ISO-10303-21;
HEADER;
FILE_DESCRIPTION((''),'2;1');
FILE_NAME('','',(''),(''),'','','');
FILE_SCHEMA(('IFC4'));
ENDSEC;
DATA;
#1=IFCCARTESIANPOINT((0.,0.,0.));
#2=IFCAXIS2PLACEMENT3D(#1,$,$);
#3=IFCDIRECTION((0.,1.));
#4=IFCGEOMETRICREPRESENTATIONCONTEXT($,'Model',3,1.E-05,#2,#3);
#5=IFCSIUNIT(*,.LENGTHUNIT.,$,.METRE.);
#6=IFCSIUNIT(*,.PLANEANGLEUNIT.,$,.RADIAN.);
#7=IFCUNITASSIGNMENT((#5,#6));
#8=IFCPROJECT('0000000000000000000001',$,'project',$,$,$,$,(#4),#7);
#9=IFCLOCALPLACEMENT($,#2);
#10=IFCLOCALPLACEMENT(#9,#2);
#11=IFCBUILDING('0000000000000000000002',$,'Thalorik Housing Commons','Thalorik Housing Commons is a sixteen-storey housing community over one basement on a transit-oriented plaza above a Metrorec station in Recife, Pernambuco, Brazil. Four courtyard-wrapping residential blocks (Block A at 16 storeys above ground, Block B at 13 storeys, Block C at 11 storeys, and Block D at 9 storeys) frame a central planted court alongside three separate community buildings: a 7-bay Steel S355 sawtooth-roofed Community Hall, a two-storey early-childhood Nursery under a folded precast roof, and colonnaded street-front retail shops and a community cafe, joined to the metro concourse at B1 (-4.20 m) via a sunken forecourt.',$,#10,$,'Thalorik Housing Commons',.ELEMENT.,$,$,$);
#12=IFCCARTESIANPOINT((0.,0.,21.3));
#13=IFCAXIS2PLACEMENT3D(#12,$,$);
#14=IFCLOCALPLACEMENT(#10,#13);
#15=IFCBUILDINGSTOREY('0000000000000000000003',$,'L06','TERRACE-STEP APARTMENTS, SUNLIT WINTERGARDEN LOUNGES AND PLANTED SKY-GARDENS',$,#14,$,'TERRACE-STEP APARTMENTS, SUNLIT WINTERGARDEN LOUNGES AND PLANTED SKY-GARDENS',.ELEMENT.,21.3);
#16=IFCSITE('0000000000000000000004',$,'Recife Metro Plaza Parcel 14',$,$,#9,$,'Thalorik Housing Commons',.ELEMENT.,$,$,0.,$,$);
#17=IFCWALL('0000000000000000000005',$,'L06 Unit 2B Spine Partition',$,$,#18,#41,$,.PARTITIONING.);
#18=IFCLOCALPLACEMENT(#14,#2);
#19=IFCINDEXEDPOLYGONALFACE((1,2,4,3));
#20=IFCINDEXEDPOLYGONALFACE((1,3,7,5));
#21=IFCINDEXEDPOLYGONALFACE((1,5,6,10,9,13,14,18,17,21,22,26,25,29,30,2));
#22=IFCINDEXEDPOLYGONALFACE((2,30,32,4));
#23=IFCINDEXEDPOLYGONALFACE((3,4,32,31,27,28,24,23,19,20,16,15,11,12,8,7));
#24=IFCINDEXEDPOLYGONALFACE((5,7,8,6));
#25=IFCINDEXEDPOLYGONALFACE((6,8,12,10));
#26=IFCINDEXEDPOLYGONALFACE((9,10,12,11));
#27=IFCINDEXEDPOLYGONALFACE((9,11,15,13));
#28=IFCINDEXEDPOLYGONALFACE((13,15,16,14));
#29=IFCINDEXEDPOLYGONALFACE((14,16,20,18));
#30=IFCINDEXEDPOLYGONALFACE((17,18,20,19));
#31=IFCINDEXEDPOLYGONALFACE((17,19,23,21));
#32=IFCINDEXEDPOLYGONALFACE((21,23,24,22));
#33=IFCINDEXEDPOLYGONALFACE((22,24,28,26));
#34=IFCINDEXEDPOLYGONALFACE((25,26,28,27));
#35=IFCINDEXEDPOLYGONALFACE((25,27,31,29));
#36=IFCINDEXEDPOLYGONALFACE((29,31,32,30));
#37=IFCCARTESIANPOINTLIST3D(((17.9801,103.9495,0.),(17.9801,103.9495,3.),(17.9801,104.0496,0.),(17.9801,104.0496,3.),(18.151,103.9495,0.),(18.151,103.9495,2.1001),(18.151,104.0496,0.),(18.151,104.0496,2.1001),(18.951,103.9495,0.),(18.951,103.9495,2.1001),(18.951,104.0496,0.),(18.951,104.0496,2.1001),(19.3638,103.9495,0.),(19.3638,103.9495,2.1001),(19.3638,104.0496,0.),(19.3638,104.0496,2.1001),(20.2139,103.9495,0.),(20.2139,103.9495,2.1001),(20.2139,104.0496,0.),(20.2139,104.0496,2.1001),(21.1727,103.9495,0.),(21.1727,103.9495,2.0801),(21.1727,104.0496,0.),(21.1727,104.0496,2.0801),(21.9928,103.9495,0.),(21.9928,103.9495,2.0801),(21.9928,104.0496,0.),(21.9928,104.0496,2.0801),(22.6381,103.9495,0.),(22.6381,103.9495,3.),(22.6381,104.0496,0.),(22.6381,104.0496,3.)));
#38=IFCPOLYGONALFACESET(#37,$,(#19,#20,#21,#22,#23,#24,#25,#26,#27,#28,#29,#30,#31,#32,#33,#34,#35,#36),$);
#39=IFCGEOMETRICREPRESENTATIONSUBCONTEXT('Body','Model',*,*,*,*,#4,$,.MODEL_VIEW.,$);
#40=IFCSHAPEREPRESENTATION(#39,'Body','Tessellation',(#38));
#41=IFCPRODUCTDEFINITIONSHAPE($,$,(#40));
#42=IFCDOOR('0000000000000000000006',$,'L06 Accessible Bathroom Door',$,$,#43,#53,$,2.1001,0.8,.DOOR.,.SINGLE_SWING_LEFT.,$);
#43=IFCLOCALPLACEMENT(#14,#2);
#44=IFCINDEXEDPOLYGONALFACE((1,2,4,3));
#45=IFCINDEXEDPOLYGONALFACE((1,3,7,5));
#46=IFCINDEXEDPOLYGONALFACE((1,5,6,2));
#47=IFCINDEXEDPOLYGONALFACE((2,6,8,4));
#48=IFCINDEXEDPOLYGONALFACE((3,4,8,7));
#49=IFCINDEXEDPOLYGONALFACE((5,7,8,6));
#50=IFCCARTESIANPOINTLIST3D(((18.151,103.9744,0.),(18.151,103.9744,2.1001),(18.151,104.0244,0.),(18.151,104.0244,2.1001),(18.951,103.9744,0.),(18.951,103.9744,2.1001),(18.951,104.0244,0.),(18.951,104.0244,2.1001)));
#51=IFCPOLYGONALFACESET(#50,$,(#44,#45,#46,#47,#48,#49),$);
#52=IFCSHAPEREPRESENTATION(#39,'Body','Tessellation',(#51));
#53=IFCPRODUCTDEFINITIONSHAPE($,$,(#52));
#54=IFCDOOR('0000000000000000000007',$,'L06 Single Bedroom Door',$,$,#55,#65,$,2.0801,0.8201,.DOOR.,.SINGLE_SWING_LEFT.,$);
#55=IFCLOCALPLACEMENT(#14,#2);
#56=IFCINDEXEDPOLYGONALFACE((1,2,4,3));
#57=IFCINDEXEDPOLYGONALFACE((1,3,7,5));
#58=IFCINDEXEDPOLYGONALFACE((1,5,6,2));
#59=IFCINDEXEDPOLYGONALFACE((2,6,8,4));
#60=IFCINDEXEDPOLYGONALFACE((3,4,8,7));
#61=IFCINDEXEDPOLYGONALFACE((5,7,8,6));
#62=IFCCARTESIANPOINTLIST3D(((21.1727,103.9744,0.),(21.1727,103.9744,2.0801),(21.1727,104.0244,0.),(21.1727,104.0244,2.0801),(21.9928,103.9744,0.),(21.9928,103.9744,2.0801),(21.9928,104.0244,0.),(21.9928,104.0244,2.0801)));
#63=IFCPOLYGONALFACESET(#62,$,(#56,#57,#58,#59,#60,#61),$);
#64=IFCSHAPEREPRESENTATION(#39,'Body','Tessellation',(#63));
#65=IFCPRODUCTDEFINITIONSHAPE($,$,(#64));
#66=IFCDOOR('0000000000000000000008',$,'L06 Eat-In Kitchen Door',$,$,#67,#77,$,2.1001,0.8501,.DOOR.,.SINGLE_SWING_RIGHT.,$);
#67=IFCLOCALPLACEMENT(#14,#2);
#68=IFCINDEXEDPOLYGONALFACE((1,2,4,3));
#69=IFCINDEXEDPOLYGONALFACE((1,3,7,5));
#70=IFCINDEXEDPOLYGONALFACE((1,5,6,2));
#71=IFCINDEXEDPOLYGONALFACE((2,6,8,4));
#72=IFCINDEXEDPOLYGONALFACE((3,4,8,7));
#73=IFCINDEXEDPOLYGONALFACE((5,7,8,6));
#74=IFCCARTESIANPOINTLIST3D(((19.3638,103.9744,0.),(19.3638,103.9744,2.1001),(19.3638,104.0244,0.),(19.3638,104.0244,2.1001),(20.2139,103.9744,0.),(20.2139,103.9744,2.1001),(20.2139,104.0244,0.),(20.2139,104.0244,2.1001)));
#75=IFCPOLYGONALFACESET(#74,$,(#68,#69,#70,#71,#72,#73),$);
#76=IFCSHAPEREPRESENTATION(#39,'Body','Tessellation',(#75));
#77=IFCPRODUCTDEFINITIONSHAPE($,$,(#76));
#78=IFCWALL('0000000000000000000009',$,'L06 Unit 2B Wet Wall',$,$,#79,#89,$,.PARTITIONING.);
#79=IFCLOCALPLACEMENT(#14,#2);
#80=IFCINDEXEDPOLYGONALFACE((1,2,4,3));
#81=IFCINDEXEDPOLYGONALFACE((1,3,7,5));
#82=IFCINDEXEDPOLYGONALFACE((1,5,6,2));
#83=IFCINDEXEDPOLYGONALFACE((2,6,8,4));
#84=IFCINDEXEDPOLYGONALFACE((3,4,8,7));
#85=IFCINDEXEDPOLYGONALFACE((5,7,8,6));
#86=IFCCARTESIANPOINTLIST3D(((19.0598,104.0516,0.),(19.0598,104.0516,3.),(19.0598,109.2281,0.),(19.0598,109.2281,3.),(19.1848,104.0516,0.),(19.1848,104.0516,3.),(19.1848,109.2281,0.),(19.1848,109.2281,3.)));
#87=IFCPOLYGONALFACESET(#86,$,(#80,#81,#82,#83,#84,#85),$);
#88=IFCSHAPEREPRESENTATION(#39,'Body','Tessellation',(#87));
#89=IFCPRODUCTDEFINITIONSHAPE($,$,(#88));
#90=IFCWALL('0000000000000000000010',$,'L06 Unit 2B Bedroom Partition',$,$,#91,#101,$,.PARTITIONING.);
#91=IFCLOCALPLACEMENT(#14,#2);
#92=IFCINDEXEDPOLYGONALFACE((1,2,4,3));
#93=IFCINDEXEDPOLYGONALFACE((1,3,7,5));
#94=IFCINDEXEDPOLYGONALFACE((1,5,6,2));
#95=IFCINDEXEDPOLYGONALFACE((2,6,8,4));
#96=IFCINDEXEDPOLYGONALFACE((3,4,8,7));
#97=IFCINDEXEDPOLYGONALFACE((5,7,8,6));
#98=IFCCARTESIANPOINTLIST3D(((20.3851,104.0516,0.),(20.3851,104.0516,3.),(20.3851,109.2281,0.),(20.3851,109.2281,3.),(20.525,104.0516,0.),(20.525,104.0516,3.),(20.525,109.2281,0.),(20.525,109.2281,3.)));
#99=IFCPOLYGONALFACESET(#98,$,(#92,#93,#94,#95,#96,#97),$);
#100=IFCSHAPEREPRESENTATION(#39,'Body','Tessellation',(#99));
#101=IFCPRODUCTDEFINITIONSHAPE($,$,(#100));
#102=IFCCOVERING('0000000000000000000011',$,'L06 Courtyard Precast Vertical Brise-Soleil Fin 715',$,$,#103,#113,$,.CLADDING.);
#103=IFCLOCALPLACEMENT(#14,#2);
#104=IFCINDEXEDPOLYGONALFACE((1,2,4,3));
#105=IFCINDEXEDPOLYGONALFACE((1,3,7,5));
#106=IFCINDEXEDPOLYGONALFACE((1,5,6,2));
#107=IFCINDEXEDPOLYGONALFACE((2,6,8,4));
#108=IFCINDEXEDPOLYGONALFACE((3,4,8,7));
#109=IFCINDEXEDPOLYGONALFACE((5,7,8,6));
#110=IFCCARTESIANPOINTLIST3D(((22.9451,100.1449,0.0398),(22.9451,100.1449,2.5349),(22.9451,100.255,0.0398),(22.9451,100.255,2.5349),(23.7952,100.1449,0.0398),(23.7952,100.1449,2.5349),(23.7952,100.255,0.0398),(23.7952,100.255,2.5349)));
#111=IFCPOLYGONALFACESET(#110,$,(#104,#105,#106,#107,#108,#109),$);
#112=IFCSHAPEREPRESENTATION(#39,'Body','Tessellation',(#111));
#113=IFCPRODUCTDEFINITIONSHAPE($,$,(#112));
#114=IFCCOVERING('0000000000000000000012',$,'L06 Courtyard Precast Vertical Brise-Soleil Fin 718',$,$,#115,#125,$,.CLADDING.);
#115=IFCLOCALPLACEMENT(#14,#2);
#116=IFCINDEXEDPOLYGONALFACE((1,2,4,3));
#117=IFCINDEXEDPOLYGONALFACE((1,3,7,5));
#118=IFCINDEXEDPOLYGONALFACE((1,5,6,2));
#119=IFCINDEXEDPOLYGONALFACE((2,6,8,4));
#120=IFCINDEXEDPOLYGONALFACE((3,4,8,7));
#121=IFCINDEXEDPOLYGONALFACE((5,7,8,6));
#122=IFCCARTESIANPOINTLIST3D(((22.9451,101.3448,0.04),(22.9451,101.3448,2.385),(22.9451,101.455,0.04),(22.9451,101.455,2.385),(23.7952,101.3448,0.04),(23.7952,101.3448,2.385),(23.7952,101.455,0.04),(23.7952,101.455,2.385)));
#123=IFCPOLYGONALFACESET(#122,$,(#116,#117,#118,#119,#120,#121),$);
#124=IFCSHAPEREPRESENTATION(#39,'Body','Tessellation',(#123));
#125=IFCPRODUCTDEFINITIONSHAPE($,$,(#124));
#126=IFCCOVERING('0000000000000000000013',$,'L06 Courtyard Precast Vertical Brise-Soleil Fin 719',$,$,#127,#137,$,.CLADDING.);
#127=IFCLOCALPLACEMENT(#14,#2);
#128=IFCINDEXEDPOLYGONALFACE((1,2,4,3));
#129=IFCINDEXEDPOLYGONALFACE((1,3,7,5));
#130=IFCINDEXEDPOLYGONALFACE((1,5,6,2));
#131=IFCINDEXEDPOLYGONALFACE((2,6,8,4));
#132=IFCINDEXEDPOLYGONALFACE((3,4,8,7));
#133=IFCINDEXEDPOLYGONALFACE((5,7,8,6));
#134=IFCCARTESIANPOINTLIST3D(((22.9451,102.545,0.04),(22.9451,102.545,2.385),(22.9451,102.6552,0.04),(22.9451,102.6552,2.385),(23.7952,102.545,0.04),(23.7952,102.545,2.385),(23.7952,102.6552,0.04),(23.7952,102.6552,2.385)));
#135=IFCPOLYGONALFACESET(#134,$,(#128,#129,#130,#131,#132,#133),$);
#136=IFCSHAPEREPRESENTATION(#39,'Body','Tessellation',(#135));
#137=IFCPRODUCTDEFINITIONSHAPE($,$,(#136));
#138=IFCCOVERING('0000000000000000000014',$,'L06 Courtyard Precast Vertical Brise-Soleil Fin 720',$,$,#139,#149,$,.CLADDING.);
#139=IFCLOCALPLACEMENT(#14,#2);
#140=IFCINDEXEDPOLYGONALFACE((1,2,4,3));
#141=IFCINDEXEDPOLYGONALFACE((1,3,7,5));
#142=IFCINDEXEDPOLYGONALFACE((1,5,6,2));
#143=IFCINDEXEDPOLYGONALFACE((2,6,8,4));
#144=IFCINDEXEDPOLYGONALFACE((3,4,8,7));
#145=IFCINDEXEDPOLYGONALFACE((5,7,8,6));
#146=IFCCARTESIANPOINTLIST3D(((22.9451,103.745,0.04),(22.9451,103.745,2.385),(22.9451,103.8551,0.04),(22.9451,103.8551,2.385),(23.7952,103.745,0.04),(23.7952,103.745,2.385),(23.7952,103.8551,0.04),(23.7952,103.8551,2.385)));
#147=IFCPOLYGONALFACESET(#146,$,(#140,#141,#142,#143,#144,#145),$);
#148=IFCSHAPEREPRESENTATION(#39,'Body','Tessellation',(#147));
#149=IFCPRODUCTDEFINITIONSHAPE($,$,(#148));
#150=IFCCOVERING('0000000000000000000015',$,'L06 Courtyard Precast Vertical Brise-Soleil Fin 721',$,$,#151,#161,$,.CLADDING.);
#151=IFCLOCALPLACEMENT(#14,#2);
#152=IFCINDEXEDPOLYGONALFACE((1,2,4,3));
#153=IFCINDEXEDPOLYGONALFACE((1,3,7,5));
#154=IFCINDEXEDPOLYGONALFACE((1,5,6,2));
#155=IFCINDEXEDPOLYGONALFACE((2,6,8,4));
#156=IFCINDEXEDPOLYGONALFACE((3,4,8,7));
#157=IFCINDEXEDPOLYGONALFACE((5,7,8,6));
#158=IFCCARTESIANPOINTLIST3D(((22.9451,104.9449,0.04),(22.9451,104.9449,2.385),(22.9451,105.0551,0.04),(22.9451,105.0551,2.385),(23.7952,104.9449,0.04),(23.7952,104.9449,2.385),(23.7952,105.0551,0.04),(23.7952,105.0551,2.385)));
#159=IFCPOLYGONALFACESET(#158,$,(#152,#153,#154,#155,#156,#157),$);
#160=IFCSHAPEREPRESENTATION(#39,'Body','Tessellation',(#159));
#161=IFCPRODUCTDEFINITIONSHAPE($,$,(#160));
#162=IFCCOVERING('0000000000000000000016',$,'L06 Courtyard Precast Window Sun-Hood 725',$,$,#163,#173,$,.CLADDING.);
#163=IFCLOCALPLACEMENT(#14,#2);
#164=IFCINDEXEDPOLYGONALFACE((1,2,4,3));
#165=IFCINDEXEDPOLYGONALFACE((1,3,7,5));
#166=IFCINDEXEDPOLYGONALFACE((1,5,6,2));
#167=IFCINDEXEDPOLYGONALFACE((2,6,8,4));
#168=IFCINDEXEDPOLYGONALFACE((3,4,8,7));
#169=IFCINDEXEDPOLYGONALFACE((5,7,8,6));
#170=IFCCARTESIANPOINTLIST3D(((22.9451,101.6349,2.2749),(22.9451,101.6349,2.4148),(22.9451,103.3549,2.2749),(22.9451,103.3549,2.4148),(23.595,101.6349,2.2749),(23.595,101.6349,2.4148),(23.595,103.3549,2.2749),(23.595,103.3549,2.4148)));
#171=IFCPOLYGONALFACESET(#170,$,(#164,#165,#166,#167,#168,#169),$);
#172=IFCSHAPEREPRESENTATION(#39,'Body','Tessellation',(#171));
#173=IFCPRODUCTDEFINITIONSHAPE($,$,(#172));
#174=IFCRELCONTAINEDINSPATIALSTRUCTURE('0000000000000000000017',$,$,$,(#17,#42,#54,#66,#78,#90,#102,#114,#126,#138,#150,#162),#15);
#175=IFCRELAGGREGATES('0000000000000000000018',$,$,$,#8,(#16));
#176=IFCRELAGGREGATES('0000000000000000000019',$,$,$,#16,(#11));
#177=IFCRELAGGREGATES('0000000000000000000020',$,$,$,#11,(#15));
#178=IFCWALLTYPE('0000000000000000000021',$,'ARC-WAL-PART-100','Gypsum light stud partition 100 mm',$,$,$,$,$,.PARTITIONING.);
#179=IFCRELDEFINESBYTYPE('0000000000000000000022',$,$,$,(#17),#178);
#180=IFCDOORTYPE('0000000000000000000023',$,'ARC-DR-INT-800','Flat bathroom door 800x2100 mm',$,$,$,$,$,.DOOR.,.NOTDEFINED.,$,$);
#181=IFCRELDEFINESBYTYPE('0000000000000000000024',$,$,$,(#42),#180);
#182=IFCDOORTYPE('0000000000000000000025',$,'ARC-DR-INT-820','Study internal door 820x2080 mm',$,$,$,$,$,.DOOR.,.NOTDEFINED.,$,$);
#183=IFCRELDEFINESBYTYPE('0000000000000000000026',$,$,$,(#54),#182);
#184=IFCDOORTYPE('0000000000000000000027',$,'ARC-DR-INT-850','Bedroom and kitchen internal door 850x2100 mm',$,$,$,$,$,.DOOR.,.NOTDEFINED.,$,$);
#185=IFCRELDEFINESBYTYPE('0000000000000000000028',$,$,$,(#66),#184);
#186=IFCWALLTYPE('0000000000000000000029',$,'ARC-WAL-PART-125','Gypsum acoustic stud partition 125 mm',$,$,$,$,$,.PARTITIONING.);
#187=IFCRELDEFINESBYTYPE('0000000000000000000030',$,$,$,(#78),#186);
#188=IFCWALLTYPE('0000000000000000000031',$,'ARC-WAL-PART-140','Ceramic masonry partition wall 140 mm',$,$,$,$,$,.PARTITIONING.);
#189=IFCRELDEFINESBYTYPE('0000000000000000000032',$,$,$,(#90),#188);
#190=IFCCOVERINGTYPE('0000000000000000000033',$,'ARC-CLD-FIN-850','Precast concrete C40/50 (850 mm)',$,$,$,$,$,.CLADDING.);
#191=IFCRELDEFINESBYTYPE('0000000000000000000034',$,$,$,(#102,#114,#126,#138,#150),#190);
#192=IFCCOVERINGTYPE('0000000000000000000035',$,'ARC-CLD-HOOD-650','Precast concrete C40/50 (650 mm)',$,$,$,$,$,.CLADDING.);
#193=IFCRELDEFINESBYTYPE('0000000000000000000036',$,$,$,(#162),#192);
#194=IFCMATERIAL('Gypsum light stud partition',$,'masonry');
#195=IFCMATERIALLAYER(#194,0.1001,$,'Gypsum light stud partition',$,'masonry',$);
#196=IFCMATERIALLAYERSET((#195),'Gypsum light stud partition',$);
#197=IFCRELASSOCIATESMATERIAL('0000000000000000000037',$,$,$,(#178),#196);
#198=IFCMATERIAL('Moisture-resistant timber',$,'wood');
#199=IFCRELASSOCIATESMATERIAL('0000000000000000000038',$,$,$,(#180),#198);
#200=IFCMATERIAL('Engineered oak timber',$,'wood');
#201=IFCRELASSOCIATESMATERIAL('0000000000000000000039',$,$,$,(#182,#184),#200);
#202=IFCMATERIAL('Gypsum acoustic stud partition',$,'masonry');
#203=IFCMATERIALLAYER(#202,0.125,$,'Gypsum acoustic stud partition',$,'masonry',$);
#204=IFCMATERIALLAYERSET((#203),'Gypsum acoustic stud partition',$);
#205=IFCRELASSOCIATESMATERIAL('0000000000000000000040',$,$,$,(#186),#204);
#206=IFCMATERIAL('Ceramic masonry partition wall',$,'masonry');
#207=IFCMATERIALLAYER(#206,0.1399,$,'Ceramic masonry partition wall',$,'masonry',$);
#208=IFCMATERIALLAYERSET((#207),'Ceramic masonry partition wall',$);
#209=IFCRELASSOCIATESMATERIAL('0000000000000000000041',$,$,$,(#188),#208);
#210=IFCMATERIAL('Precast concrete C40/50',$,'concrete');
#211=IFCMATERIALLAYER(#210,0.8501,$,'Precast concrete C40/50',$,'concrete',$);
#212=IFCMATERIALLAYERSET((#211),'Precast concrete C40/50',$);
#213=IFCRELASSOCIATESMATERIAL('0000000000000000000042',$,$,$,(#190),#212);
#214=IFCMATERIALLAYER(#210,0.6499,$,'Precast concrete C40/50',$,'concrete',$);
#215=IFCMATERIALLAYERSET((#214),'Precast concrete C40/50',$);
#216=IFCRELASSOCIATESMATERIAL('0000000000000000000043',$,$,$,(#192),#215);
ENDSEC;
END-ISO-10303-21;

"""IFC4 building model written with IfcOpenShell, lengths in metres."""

from ifc_helpers import new_model, si_unit, direction, frame, frame_2d, origin, origin_2d, place, context, subcontext, project, spatial, rectangle, extrude, material, layer, layer_set, type_object, element, fill, save


model = new_model("IFC4")

# Units and contexts
model_context = context("Model", 3, precision=1e-05, world=origin(), true_north=direction((0.0, 1.0)))
body_context = subcontext(model_context, "Body", "Model", "MODEL_VIEW")
ifc_project = project(units=[si_unit("LENGTHUNIT", "METRE"), si_unit("PLANEANGLEUNIT", "RADIAN")], contexts=[model_context])

# Site, building, storey
site_placement = place(None, origin())
site = spatial("IfcSite", under=ifc_project, at=site_placement, Name="Recife Metro Plaza Parcel 14", LongName="Thalorik Housing Commons", CompositionType="ELEMENT", RefElevation=0.0)
building_placement = place(site_placement, origin())
building = spatial("IfcBuilding", under=site, at=building_placement, Name="Thalorik Housing Commons", Description="Thalorik Housing Commons is a sixteen-storey housing community over one basement on a transit-oriented plaza above a Metrorec station in Recife, Pernambuco, Brazil. Four courtyard-wrapping residential blocks (Block A at 16 storeys above ground, Block B at 13 storeys, Block C at 11 storeys, and Block D at 9 storeys) frame a central planted court alongside three separate community buildings: a 7-bay Steel S355 sawtooth-roofed Community Hall, a two-storey early-childhood Nursery under a folded precast roof, and colonnaded street-front retail shops and a community cafe, joined to the metro concourse at B1 (-4.20 m) via a sunken forecourt.", LongName="Thalorik Housing Commons", CompositionType="ELEMENT")
storey_placement = place(building_placement, frame((0.0, 0.0, 21.3)))
storey = spatial("IfcBuildingStorey", under=building, at=storey_placement, Name="L06", Description="TERRACE-STEP APARTMENTS, SUNLIT WINTERGARDEN LOUNGES AND PLANTED SKY-GARDENS", LongName="TERRACE-STEP APARTMENTS, SUNLIT WINTERGARDEN LOUNGES AND PLANTED SKY-GARDENS", CompositionType="ELEMENT", Elevation=21.3)

# Shared definitions
ifc_material_1 = material(Name="Precast concrete C40/50", Category="concrete")

# Wall, openings, doors
ifc_material_2 = material(Name="Gypsum light stud partition", Category="masonry")
ifc_layer_1 = layer(ifc_material_2, 0.1001, Name="Gypsum light stud partition", Category="masonry")
ifc_layer_set_1 = layer_set([ifc_layer_1], Name="Gypsum light stud partition")
wall_type_1 = type_object("IfcWallType", Name="ARC-WAL-PART-100", Description="Gypsum light stud partition 100 mm", PredefinedType="PARTITIONING", material=ifc_layer_set_1)
wall_1_placement = place(storey_placement, frame((17.98, 103.9995, 0.0), z_axis=(0.0, 0.0, 1.0), x_axis=(1.0, 0.0, 0.0)))
wall_1 = element("IfcWall", 1, at=wall_1_placement, inside=storey, type_object=wall_type_1, Name="L06 Unit 2B Spine Partition", PredefinedType="PARTITIONING", context=body_context, shape_type="SweptSolid", body=[
    extrude(rectangle(XDim=4.658, YDim=0.1001, at=frame_2d((2.3291, 0.0))), origin(), (0.0, 0.0, 1.0), 3.0),
])
opening_1_placement = place(wall_1_placement, frame((0.1711, 0.0, 0.0)))
opening_1 = element("IfcOpeningElement", 2, at=opening_1_placement, cuts=wall_1, PredefinedType="OPENING", context=body_context, shape_type="SweptSolid", body=[
    extrude(rectangle(XDim=0.8, YDim=2.1001, at=frame_2d((0.3999, 1.05))), frame((0.0, 0.0601, 0.0), z_axis=(0.0, -1.0, 0.0), x_axis=(1.0, 0.0, 0.0)), (0.0, 0.0, 1.0), 0.1201),
])
opening_2_placement = place(wall_1_placement, frame((1.3838, 0.0, 0.0)))
opening_2 = element("IfcOpeningElement", 3, at=opening_2_placement, cuts=wall_1, PredefinedType="OPENING", context=body_context, shape_type="SweptSolid", body=[
    extrude(rectangle(XDim=0.8501, YDim=2.1001, at=frame_2d((0.425, 1.05))), frame((0.0, 0.0601, 0.0), z_axis=(0.0, -1.0, 0.0), x_axis=(1.0, 0.0, 0.0)), (0.0, 0.0, 1.0), 0.1201),
])
opening_3_placement = place(wall_1_placement, frame((3.1926, 0.0, 0.0)))
opening_3 = element("IfcOpeningElement", 4, at=opening_3_placement, cuts=wall_1, PredefinedType="OPENING", context=body_context, shape_type="SweptSolid", body=[
    extrude(rectangle(XDim=0.8201, YDim=2.0801, at=frame_2d((0.4102, 1.04))), frame((0.0, 0.0601, 0.0), z_axis=(0.0, -1.0, 0.0), x_axis=(1.0, 0.0, 0.0)), (0.0, 0.0, 1.0), 0.1201),
])
ifc_material_3 = material(Name="Moisture-resistant timber", Category="wood")
door_type_1 = type_object("IfcDoorType", Name="ARC-DR-INT-800", Description="Flat bathroom door 800x2100 mm", OperationType="NOTDEFINED", PredefinedType="DOOR", material=ifc_material_3)
door_1_placement = place(opening_1_placement, origin())
door_1 = element("IfcDoor", 5, at=door_1_placement, inside=storey, type_object=door_type_1, Name="L06 Accessible Bathroom Door", OperationType="SINGLE_SWING_LEFT", OverallHeight=2.1001, OverallWidth=0.8, PredefinedType="DOOR", context=body_context, shape_type="SweptSolid", body=[
    extrude(rectangle(XDim=0.8, YDim=2.1001, at=frame_2d((0.3999, 1.05))), frame((0.0, 0.0249, 0.0), z_axis=(0.0, -1.0, 0.0), x_axis=(1.0, 0.0, 0.0)), (0.0, 0.0, 1.0), 0.05),
])
fill(opening_1, door_1)
ifc_material_4 = material(Name="Engineered oak timber", Category="wood")
door_type_2 = type_object("IfcDoorType", Name="ARC-DR-INT-820", Description="Study internal door 820x2080 mm", OperationType="NOTDEFINED", PredefinedType="DOOR", material=ifc_material_4)
door_2_placement = place(opening_3_placement, origin())
door_2 = element("IfcDoor", 6, at=door_2_placement, inside=storey, type_object=door_type_2, Name="L06 Single Bedroom Door", OperationType="SINGLE_SWING_LEFT", OverallHeight=2.0801, OverallWidth=0.8201, PredefinedType="DOOR", context=body_context, shape_type="SweptSolid", body=[
    extrude(rectangle(XDim=0.8201, YDim=2.0801, at=frame_2d((0.4102, 1.04))), frame((0.0, 0.0249, 0.0), z_axis=(0.0, -1.0, 0.0), x_axis=(1.0, 0.0, 0.0)), (0.0, 0.0, 1.0), 0.05),
])
fill(opening_3, door_2)
door_type_3 = type_object("IfcDoorType", Name="ARC-DR-INT-850", Description="Bedroom and kitchen internal door 850x2100 mm", OperationType="NOTDEFINED", PredefinedType="DOOR", material=ifc_material_4)
door_3_placement = place(opening_2_placement, origin())
door_3 = element("IfcDoor", 7, at=door_3_placement, inside=storey, type_object=door_type_3, Name="L06 Eat-In Kitchen Door", OperationType="SINGLE_SWING_RIGHT", OverallHeight=2.1001, OverallWidth=0.8501, PredefinedType="DOOR", context=body_context, shape_type="SweptSolid", body=[
    extrude(rectangle(XDim=0.8501, YDim=2.1001, at=frame_2d((0.425, 1.05))), frame((0.0, 0.0249, 0.0), z_axis=(0.0, -1.0, 0.0), x_axis=(1.0, 0.0, 0.0)), (0.0, 0.0, 1.0), 0.05),
])
fill(opening_2, door_3)

# Walls
ifc_material_5 = material(Name="Gypsum acoustic stud partition", Category="masonry")
ifc_layer_2 = layer(ifc_material_5, 0.125, Name="Gypsum acoustic stud partition", Category="masonry")
ifc_layer_set_2 = layer_set([ifc_layer_2], Name="Gypsum acoustic stud partition")
wall_type_2 = type_object("IfcWallType", Name="ARC-WAL-PART-125", Description="Gypsum acoustic stud partition 125 mm", PredefinedType="PARTITIONING", material=ifc_layer_set_2)
wall_2_placement = place(storey_placement, frame((19.1223, 104.0515, 0.0), z_axis=(0.0, 0.0, 1.0), x_axis=(0.0, 1.0, 0.0)))
element("IfcWall", 8, at=wall_2_placement, inside=storey, type_object=wall_type_2, Name="L06 Unit 2B Wet Wall", PredefinedType="PARTITIONING", context=body_context, shape_type="SweptSolid", body=[
    extrude(rectangle(XDim=5.1765, YDim=0.125, at=frame_2d((2.5884, 0.0))), origin(), (0.0, 0.0, 1.0), 3.0),
])
ifc_material_6 = material(Name="Ceramic masonry partition wall", Category="masonry")
ifc_layer_3 = layer(ifc_material_6, 0.1399, Name="Ceramic masonry partition wall", Category="masonry")
ifc_layer_set_3 = layer_set([ifc_layer_3], Name="Ceramic masonry partition wall")
wall_type_3 = type_object("IfcWallType", Name="ARC-WAL-PART-140", Description="Ceramic masonry partition wall 140 mm", PredefinedType="PARTITIONING", material=ifc_layer_set_3)
wall_3_placement = place(storey_placement, frame((20.4551, 104.0515, 0.0), z_axis=(0.0, 0.0, 1.0), x_axis=(0.0, 1.0, 0.0)))
element("IfcWall", 9, at=wall_3_placement, inside=storey, type_object=wall_type_3, Name="L06 Unit 2B Bedroom Partition", PredefinedType="PARTITIONING", context=body_context, shape_type="SweptSolid", body=[
    extrude(rectangle(XDim=5.1765, YDim=0.1399, at=frame_2d((2.5884, 0.0))), origin(), (0.0, 0.0, 1.0), 3.0),
])

# Coverings
ifc_layer_4 = layer(ifc_material_1, 0.8501, Name="Precast concrete C40/50", Category="concrete")
ifc_layer_set_4 = layer_set([ifc_layer_4], Name="Precast concrete C40/50")
covering_type_1 = type_object("IfcCoveringType", Name="ARC-CLD-FIN-850", Description="Precast concrete C40/50 (850 mm)", PredefinedType="CLADDING", material=ifc_layer_set_4)
covering_1_placement = place(storey_placement, frame((23.3701, 100.2, 0.0398), z_axis=(0.0, 0.0, 1.0), x_axis=(0.0, 1.0, 0.0)))
element("IfcCovering", 10, at=covering_1_placement, inside=storey, type_object=covering_type_1, Name="L06 Courtyard Precast Vertical Brise-Soleil Fin 715", PredefinedType="CLADDING", context=body_context, shape_type="SweptSolid", body=[
    extrude(rectangle(XDim=0.1101, YDim=0.8501, at=origin_2d()), origin(), (0.0, 0.0, 1.0), 2.4951),
])
for number, where, z_axis, x_axis, name in (
    (11, (23.3701, 101.3999, 0.04), (0.0, 0.0, 1.0), (0.0, 1.0, 0.0), "L06 Courtyard Precast Vertical Brise-Soleil Fin 718"),
    (12, (23.3701, 102.6001, 0.04), (0.0, 0.0, 1.0), (0.0, 1.0, 0.0), "L06 Courtyard Precast Vertical Brise-Soleil Fin 719"),
    (13, (23.3701, 103.8, 0.04), (0.0, 0.0, 1.0), (0.0, 1.0, 0.0), "L06 Courtyard Precast Vertical Brise-Soleil Fin 720"),
    (14, (23.3701, 105.0, 0.04), (0.0, 0.0, 1.0), (0.0, 1.0, 0.0), "L06 Courtyard Precast Vertical Brise-Soleil Fin 721"),
):
    element("IfcCovering", number, at=place(storey_placement, frame(where, z_axis=z_axis, x_axis=x_axis)), inside=storey, type_object=covering_type_1, Name=name, PredefinedType="CLADDING", context=body_context, shape_type="SweptSolid", body=[
        extrude(rectangle(XDim=0.1101, YDim=0.8501, at=origin_2d()), origin(), (0.0, 0.0, 1.0), 2.345),
    ])
ifc_layer_5 = layer(ifc_material_1, 0.6499, Name="Precast concrete C40/50", Category="concrete")
ifc_layer_set_5 = layer_set([ifc_layer_5], Name="Precast concrete C40/50")
covering_type_2 = type_object("IfcCoveringType", Name="ARC-CLD-HOOD-650", Description="Precast concrete C40/50 (650 mm)", PredefinedType="CLADDING", material=ifc_layer_set_5)
covering_2_placement = place(storey_placement, frame((23.27, 102.4949, 2.2749), z_axis=(0.0, 0.0, 1.0), x_axis=(0.0, 1.0, 0.0)))
element("IfcCovering", 15, at=covering_2_placement, inside=storey, type_object=covering_type_2, Name="L06 Courtyard Precast Window Sun-Hood 725", PredefinedType="CLADDING", context=body_context, shape_type="SweptSolid", body=[
    extrude(rectangle(XDim=1.72, YDim=0.6499, at=origin_2d()), origin(), (0.0, 0.0, 1.0), 0.1399),
])

save(model, "model.ifc")
